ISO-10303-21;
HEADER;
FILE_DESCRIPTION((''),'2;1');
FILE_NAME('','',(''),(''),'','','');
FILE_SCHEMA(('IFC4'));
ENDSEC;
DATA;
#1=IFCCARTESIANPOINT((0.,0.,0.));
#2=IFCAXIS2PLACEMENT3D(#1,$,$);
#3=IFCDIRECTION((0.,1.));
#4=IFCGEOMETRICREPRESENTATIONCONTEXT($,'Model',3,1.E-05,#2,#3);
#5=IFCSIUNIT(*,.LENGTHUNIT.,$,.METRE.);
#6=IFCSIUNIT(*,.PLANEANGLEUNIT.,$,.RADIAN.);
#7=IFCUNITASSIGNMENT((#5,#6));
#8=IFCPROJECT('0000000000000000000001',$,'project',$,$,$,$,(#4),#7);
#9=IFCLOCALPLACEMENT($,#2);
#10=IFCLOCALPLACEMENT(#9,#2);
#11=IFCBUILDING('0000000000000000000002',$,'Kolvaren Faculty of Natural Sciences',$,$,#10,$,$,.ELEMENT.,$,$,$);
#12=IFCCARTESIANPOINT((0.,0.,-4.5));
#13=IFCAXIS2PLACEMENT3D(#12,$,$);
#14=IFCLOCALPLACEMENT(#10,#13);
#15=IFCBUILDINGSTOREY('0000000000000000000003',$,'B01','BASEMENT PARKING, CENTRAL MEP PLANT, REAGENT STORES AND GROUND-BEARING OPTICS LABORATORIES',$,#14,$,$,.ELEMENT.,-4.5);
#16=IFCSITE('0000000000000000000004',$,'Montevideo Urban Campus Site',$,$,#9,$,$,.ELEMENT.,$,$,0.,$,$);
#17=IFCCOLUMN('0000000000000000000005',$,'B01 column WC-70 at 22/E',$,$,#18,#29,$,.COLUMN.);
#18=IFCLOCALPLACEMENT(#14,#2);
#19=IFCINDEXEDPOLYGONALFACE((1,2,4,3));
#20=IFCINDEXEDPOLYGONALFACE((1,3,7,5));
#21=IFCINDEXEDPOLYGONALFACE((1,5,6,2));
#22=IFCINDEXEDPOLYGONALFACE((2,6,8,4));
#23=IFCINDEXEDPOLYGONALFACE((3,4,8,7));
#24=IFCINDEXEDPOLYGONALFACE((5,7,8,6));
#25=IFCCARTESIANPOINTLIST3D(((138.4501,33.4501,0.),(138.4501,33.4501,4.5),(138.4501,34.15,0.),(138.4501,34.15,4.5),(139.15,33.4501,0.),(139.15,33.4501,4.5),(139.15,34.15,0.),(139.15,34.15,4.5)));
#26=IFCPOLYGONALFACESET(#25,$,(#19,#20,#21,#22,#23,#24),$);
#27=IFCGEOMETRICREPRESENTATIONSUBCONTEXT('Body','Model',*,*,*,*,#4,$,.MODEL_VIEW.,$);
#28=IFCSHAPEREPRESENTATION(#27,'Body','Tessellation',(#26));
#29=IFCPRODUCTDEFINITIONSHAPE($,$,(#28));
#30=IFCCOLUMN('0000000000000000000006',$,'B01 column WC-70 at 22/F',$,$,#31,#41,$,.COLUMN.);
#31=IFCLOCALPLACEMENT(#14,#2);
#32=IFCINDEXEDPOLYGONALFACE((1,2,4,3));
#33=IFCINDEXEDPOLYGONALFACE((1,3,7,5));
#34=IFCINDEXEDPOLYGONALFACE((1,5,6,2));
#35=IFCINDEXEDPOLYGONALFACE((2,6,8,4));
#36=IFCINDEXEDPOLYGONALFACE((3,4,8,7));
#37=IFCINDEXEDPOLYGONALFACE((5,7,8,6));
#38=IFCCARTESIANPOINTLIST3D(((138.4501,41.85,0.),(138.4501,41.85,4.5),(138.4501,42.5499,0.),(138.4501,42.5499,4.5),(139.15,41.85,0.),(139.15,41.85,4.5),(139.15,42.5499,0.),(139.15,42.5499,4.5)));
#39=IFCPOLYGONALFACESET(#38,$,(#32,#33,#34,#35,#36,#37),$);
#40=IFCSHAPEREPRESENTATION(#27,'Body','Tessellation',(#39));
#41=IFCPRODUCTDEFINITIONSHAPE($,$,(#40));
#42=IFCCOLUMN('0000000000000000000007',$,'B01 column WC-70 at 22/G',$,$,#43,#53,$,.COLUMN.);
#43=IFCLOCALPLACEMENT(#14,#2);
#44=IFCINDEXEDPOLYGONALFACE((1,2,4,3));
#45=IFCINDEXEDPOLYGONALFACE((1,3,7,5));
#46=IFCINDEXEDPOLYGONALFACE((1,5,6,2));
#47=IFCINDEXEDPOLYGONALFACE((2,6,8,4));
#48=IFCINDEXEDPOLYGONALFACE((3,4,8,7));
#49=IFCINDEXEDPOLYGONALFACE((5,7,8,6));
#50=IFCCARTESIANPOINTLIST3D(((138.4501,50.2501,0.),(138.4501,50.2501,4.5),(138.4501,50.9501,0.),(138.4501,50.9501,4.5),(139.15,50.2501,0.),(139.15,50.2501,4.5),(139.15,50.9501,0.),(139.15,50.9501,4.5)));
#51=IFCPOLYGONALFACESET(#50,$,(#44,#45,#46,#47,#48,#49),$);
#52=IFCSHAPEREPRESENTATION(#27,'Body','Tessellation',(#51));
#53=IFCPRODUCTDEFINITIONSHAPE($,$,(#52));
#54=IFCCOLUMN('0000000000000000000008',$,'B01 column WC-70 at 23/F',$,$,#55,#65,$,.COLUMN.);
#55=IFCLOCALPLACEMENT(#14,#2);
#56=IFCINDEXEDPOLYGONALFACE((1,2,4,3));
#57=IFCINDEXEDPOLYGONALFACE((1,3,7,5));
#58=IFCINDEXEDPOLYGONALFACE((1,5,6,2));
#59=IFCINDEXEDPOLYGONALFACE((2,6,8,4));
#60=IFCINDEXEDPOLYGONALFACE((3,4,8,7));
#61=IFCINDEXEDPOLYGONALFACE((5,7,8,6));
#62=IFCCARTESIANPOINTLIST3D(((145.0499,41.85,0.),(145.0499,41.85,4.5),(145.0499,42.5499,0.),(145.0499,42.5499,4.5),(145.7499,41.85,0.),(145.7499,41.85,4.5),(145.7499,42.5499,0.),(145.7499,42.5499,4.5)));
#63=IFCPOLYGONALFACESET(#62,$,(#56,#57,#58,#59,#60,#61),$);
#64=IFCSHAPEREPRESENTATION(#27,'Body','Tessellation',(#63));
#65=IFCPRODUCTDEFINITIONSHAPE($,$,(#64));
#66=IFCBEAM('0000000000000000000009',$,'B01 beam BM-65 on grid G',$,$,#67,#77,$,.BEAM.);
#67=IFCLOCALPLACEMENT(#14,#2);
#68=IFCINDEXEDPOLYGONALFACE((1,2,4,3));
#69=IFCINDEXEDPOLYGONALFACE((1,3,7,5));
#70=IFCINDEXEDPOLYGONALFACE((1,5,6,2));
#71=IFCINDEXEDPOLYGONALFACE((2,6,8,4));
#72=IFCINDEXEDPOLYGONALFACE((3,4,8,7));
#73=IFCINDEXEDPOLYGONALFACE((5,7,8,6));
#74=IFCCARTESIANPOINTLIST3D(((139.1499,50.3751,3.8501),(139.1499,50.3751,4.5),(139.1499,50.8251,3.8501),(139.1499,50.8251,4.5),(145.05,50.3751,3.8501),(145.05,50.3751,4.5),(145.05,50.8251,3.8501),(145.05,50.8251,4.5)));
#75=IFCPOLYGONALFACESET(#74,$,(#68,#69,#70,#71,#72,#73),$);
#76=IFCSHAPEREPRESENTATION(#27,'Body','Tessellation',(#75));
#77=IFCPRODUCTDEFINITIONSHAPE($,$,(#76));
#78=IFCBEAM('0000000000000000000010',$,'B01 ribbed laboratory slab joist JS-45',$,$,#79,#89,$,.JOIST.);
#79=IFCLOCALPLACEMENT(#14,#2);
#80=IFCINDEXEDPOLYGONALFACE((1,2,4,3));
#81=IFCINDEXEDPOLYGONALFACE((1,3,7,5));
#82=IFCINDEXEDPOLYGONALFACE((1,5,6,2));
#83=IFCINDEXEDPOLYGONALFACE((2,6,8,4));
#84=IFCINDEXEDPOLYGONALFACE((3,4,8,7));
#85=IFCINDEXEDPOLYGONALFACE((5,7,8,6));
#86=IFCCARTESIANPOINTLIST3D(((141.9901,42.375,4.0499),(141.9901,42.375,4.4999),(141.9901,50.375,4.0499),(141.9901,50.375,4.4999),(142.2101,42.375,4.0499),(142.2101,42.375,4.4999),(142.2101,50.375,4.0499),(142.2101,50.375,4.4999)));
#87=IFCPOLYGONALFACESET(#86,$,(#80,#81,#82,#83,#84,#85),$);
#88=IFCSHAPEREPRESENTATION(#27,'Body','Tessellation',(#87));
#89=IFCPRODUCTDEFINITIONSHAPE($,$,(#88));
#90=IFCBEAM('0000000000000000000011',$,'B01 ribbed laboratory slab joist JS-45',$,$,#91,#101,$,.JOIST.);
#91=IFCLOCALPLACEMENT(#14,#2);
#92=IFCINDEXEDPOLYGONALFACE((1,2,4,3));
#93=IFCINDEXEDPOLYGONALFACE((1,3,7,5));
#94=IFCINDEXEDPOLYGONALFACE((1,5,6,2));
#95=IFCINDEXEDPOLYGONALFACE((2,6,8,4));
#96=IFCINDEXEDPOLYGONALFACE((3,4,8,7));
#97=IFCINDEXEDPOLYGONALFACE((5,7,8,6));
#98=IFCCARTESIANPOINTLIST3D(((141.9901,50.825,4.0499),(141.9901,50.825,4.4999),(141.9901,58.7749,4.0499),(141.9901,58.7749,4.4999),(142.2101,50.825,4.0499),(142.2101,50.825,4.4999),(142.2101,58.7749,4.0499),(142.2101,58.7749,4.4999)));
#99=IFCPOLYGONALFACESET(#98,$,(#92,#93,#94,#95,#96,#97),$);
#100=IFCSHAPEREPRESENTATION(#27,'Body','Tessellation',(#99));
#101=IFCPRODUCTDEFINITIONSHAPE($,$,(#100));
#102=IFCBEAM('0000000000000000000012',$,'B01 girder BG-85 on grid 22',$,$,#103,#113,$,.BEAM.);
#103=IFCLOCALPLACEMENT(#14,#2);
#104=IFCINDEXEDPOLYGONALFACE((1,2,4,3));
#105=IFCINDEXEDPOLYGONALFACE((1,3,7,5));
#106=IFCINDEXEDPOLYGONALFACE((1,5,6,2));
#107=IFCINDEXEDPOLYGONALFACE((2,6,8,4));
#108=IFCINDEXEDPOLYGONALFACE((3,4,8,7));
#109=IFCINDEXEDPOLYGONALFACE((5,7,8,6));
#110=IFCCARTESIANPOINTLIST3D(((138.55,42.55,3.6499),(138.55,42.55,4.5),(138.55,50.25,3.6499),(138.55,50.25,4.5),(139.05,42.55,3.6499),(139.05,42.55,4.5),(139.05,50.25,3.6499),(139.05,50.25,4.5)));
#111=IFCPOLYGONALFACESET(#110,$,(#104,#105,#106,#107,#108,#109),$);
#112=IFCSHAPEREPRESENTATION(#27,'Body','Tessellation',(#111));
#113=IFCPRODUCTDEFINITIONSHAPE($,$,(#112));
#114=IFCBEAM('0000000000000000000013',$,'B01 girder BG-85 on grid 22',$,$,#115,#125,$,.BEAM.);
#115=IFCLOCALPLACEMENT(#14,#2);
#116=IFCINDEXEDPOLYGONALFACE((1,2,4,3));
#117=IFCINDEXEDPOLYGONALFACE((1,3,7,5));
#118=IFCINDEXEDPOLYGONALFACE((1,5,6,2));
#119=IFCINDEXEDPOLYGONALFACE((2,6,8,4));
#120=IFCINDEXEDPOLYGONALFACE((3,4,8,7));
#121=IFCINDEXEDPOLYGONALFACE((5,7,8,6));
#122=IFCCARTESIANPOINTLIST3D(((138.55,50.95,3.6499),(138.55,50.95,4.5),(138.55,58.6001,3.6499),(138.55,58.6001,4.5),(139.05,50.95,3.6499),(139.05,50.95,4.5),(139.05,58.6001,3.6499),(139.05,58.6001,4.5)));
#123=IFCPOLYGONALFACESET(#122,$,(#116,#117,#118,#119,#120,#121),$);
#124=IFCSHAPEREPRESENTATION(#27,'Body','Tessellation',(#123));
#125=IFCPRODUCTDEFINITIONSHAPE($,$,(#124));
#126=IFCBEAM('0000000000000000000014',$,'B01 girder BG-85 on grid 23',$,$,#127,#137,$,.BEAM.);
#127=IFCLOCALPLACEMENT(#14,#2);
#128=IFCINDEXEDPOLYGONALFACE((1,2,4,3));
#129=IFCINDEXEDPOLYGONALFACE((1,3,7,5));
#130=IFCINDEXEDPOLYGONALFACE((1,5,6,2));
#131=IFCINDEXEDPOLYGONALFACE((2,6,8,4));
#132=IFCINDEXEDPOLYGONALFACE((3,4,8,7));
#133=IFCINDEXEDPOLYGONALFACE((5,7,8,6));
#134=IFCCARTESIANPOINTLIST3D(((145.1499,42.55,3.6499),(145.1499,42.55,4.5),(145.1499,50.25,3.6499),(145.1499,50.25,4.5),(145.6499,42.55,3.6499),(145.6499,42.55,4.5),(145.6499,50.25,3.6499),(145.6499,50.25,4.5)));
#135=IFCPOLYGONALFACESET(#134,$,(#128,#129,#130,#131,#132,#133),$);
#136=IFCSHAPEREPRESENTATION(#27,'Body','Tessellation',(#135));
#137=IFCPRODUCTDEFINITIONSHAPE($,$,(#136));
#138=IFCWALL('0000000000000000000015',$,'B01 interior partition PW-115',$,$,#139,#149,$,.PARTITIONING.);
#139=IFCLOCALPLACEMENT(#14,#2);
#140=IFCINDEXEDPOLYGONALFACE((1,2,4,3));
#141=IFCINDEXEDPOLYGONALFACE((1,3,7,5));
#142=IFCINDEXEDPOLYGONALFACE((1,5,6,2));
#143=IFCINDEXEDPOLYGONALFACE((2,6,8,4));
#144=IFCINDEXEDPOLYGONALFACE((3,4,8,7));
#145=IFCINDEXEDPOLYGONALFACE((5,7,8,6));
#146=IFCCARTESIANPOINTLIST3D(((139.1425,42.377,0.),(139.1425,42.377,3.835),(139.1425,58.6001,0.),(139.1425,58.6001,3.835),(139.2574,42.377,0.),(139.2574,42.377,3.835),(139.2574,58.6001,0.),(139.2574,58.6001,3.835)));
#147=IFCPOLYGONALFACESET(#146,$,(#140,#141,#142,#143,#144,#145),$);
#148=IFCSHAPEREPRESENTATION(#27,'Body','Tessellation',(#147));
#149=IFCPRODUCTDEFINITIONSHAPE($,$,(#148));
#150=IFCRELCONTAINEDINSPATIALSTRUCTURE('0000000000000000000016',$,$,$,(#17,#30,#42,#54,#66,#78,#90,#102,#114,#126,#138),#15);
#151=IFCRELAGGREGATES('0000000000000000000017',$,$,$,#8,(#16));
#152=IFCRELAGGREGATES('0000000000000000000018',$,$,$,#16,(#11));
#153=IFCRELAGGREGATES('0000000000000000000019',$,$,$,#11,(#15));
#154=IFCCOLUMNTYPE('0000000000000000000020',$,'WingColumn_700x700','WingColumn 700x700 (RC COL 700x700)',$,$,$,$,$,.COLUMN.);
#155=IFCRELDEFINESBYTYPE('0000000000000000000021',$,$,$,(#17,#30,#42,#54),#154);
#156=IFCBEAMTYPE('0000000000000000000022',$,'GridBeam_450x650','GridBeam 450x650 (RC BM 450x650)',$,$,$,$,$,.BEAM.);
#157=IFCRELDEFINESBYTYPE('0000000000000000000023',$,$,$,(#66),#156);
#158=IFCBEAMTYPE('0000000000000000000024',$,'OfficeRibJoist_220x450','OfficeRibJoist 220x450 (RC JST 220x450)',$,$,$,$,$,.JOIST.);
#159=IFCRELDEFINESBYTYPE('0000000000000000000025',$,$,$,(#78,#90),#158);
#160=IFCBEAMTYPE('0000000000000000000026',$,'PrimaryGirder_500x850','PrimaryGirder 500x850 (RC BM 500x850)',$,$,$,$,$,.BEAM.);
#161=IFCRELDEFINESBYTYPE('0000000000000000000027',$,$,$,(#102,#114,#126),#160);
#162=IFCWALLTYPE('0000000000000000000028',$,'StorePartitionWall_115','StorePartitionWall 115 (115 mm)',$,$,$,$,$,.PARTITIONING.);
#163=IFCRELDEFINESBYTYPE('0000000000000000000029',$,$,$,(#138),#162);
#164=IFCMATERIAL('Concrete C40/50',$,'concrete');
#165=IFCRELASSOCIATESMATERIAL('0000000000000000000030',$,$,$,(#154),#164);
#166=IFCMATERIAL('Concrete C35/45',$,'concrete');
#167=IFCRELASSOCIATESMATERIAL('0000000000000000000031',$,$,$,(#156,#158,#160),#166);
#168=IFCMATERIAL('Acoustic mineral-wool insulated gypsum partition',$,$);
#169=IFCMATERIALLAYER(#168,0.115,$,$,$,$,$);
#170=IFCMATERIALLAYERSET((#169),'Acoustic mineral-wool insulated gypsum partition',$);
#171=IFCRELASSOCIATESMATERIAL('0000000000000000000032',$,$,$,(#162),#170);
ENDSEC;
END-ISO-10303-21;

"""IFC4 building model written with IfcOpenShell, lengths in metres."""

from ifc_helpers import new_model, si_unit, direction, frame, frame_2d, origin, origin_2d, place, context, subcontext, project, spatial, rectangle, extrude, material, layer, layer_set, material_profile, profile_set, type_object, element, save


model = new_model("IFC4")

# Units and contexts
model_context = context("Model", 3, precision=1e-05, world=origin(), true_north=direction((0.0, 1.0)))
body_context = subcontext(model_context, "Body", "Model", "MODEL_VIEW")
ifc_project = project(units=[si_unit("LENGTHUNIT", "METRE"), si_unit("PLANEANGLEUNIT", "RADIAN")], contexts=[model_context])

# Site, building, storey
site_placement = place(None, origin())
site = spatial("IfcSite", under=ifc_project, at=site_placement, Name="Montevideo Urban Campus Site", CompositionType="ELEMENT", RefElevation=0.0)
building_placement = place(site_placement, origin())
building = spatial("IfcBuilding", under=site, at=building_placement, Name="Kolvaren Faculty of Natural Sciences", CompositionType="ELEMENT")
storey_placement = place(building_placement, frame((0.0, 0.0, -4.5)))
storey = spatial("IfcBuildingStorey", under=building, at=storey_placement, Name="B01", Description="BASEMENT PARKING, CENTRAL MEP PLANT, REAGENT STORES AND GROUND-BEARING OPTICS LABORATORIES", CompositionType="ELEMENT", Elevation=-4.5)

# Shared definitions
ifc_material_1 = material(Name="Concrete C35/45", Category="concrete")

# Columns
ifc_material_2 = material(Name="Concrete C40/50", Category="concrete")
ifc_material_profile_1 = material_profile(ifc_material_2, rectangle(XDim=0.7, YDim=0.7, at=origin_2d()), Name="RC COL 700x700")
ifc_profile_set_1 = profile_set([ifc_material_profile_1], Name="Concrete C40/50")
column_type_1 = type_object("IfcColumnType", Name="WingColumn_700x700", Description="WingColumn 700x700 (RC COL 700x700)", PredefinedType="COLUMN", material=ifc_profile_set_1)
for number, where, z_axis, x_axis, name in (
    (1, (138.8, 33.8, 0.0), (0.0, 0.0, 1.0), (1.0, 0.0, 0.0), "B01 column WC-70 at 22/E"),
    (2, (138.8, 42.2, 0.0), (0.0, 0.0, 1.0), (1.0, 0.0, 0.0), "B01 column WC-70 at 22/F"),
    (3, (138.8, 50.6001, 0.0), (0.0, 0.0, 1.0), (1.0, 0.0, 0.0), "B01 column WC-70 at 22/G"),
    (4, (145.3999, 42.2, 0.0), (0.0, 0.0, 1.0), (1.0, 0.0, 0.0), "B01 column WC-70 at 23/F"),
):
    element("IfcColumn", number, at=place(storey_placement, frame(where, z_axis=z_axis, x_axis=x_axis)), inside=storey, type_object=column_type_1, Name=name, PredefinedType="COLUMN", context=body_context, shape_type="SweptSolid", body=[
        extrude(rectangle(XDim=0.7, YDim=0.7, at=origin_2d()), origin(), (0.0, 0.0, 1.0), 4.5),
    ])

# Beams
ifc_material_profile_2 = material_profile(ifc_material_1, rectangle(XDim=0.45, YDim=0.6499, at=origin_2d()), Name="RC BM 450x650")
ifc_profile_set_2 = profile_set([ifc_material_profile_2], Name="Concrete C35/45")
beam_type_1 = type_object("IfcBeamType", Name="GridBeam_450x650", Description="GridBeam 450x650 (RC BM 450x650)", PredefinedType="BEAM", material=ifc_profile_set_2)
beam_1_placement = place(storey_placement, frame((139.1499, 50.6001, 4.175), z_axis=(1.0, 0.0, 0.0), x_axis=(0.0, 1.0, 0.0)))
element("IfcBeam", 5, at=beam_1_placement, inside=storey, type_object=beam_type_1, Name="B01 beam BM-65 on grid G", PredefinedType="BEAM", context=body_context, shape_type="SweptSolid", body=[
    extrude(rectangle(XDim=0.45, YDim=0.6499, at=origin_2d()), origin(), (0.0, 0.0, 1.0), 5.9001),
])
ifc_material_profile_3 = material_profile(ifc_material_1, rectangle(XDim=0.22, YDim=0.45, at=origin_2d()), Name="RC JST 220x450")
ifc_profile_set_3 = profile_set([ifc_material_profile_3], Name="Concrete C35/45")
beam_type_2 = type_object("IfcBeamType", Name="OfficeRibJoist_220x450", Description="OfficeRibJoist 220x450 (RC JST 220x450)", PredefinedType="JOIST", material=ifc_profile_set_3)
beam_2_placement = place(storey_placement, frame((142.1001, 42.375, 4.2749), z_axis=(0.0, 1.0, 0.0), x_axis=(-1.0, 0.0, 0.0)))
element("IfcBeam", 6, at=beam_2_placement, inside=storey, type_object=beam_type_2, Name="B01 ribbed laboratory slab joist JS-45", PredefinedType="JOIST", context=body_context, shape_type="SweptSolid", body=[
    extrude(rectangle(XDim=0.22, YDim=0.45, at=origin_2d()), origin(), (0.0, 0.0, 1.0), 8.0),
])
beam_3_placement = place(storey_placement, frame((142.1001, 50.825, 4.2749), z_axis=(0.0, 1.0, 0.0), x_axis=(-1.0, 0.0, 0.0)))
element("IfcBeam", 7, at=beam_3_placement, inside=storey, type_object=beam_type_2, Name="B01 ribbed laboratory slab joist JS-45", PredefinedType="JOIST", context=body_context, shape_type="SweptSolid", body=[
    extrude(rectangle(XDim=0.22, YDim=0.45, at=origin_2d()), origin(), (0.0, 0.0, 1.0), 7.95),
])
ifc_material_profile_4 = material_profile(ifc_material_1, rectangle(XDim=0.5, YDim=0.8501, at=origin_2d()), Name="RC BM 500x850")
ifc_profile_set_4 = profile_set([ifc_material_profile_4], Name="Concrete C35/45")
beam_type_3 = type_object("IfcBeamType", Name="PrimaryGirder_500x850", Description="PrimaryGirder 500x850 (RC BM 500x850)", PredefinedType="BEAM", material=ifc_profile_set_4)
beam_4_placement = place(storey_placement, frame((138.8, 42.55, 4.075), z_axis=(0.0, 1.0, 0.0), x_axis=(-1.0, 0.0, 0.0)))
element("IfcBeam", 8, at=beam_4_placement, inside=storey, type_object=beam_type_3, Name="B01 girder BG-85 on grid 22", PredefinedType="BEAM", context=body_context, shape_type="SweptSolid", body=[
    extrude(rectangle(XDim=0.5, YDim=0.8501, at=origin_2d()), origin(), (0.0, 0.0, 1.0), 7.7),
])
beam_5_placement = place(storey_placement, frame((138.8, 50.95, 4.075), z_axis=(0.0, 1.0, 0.0), x_axis=(-1.0, 0.0, 0.0)))
element("IfcBeam", 9, at=beam_5_placement, inside=storey, type_object=beam_type_3, Name="B01 girder BG-85 on grid 22", PredefinedType="BEAM", context=body_context, shape_type="SweptSolid", body=[
    extrude(rectangle(XDim=0.5, YDim=0.8501, at=origin_2d()), origin(), (0.0, 0.0, 1.0), 7.6501),
])
beam_6_placement = place(storey_placement, frame((145.3999, 42.55, 4.075), z_axis=(0.0, 1.0, 0.0), x_axis=(-1.0, 0.0, 0.0)))
element("IfcBeam", 10, at=beam_6_placement, inside=storey, type_object=beam_type_3, Name="B01 girder BG-85 on grid 23", PredefinedType="BEAM", context=body_context, shape_type="SweptSolid", body=[
    extrude(rectangle(XDim=0.5, YDim=0.8501, at=origin_2d()), origin(), (0.0, 0.0, 1.0), 7.7),
])

# Wall
ifc_material_3 = material(Name="Acoustic mineral-wool insulated gypsum partition")
ifc_layer = layer(ifc_material_3, 0.115)
ifc_layer_set = layer_set([ifc_layer], Name="Acoustic mineral-wool insulated gypsum partition")
wall_type = type_object("IfcWallType", Name="StorePartitionWall_115", Description="StorePartitionWall 115 (115 mm)", PredefinedType="PARTITIONING", material=ifc_layer_set)
wall_placement = place(storey_placement, frame((139.2, 42.377, 0.0), z_axis=(0.0, 0.0, 1.0), x_axis=(0.0, 1.0, 0.0)))
element("IfcWall", 11, at=wall_placement, inside=storey, type_object=wall_type, Name="B01 interior partition PW-115", PredefinedType="PARTITIONING", context=body_context, shape_type="SweptSolid", body=[
    extrude(rectangle(XDim=16.2231, YDim=0.115, at=frame_2d((8.1116, 0.0))), origin(), (0.0, 0.0, 1.0), 3.835),
])

save(model, "model.ifc")
